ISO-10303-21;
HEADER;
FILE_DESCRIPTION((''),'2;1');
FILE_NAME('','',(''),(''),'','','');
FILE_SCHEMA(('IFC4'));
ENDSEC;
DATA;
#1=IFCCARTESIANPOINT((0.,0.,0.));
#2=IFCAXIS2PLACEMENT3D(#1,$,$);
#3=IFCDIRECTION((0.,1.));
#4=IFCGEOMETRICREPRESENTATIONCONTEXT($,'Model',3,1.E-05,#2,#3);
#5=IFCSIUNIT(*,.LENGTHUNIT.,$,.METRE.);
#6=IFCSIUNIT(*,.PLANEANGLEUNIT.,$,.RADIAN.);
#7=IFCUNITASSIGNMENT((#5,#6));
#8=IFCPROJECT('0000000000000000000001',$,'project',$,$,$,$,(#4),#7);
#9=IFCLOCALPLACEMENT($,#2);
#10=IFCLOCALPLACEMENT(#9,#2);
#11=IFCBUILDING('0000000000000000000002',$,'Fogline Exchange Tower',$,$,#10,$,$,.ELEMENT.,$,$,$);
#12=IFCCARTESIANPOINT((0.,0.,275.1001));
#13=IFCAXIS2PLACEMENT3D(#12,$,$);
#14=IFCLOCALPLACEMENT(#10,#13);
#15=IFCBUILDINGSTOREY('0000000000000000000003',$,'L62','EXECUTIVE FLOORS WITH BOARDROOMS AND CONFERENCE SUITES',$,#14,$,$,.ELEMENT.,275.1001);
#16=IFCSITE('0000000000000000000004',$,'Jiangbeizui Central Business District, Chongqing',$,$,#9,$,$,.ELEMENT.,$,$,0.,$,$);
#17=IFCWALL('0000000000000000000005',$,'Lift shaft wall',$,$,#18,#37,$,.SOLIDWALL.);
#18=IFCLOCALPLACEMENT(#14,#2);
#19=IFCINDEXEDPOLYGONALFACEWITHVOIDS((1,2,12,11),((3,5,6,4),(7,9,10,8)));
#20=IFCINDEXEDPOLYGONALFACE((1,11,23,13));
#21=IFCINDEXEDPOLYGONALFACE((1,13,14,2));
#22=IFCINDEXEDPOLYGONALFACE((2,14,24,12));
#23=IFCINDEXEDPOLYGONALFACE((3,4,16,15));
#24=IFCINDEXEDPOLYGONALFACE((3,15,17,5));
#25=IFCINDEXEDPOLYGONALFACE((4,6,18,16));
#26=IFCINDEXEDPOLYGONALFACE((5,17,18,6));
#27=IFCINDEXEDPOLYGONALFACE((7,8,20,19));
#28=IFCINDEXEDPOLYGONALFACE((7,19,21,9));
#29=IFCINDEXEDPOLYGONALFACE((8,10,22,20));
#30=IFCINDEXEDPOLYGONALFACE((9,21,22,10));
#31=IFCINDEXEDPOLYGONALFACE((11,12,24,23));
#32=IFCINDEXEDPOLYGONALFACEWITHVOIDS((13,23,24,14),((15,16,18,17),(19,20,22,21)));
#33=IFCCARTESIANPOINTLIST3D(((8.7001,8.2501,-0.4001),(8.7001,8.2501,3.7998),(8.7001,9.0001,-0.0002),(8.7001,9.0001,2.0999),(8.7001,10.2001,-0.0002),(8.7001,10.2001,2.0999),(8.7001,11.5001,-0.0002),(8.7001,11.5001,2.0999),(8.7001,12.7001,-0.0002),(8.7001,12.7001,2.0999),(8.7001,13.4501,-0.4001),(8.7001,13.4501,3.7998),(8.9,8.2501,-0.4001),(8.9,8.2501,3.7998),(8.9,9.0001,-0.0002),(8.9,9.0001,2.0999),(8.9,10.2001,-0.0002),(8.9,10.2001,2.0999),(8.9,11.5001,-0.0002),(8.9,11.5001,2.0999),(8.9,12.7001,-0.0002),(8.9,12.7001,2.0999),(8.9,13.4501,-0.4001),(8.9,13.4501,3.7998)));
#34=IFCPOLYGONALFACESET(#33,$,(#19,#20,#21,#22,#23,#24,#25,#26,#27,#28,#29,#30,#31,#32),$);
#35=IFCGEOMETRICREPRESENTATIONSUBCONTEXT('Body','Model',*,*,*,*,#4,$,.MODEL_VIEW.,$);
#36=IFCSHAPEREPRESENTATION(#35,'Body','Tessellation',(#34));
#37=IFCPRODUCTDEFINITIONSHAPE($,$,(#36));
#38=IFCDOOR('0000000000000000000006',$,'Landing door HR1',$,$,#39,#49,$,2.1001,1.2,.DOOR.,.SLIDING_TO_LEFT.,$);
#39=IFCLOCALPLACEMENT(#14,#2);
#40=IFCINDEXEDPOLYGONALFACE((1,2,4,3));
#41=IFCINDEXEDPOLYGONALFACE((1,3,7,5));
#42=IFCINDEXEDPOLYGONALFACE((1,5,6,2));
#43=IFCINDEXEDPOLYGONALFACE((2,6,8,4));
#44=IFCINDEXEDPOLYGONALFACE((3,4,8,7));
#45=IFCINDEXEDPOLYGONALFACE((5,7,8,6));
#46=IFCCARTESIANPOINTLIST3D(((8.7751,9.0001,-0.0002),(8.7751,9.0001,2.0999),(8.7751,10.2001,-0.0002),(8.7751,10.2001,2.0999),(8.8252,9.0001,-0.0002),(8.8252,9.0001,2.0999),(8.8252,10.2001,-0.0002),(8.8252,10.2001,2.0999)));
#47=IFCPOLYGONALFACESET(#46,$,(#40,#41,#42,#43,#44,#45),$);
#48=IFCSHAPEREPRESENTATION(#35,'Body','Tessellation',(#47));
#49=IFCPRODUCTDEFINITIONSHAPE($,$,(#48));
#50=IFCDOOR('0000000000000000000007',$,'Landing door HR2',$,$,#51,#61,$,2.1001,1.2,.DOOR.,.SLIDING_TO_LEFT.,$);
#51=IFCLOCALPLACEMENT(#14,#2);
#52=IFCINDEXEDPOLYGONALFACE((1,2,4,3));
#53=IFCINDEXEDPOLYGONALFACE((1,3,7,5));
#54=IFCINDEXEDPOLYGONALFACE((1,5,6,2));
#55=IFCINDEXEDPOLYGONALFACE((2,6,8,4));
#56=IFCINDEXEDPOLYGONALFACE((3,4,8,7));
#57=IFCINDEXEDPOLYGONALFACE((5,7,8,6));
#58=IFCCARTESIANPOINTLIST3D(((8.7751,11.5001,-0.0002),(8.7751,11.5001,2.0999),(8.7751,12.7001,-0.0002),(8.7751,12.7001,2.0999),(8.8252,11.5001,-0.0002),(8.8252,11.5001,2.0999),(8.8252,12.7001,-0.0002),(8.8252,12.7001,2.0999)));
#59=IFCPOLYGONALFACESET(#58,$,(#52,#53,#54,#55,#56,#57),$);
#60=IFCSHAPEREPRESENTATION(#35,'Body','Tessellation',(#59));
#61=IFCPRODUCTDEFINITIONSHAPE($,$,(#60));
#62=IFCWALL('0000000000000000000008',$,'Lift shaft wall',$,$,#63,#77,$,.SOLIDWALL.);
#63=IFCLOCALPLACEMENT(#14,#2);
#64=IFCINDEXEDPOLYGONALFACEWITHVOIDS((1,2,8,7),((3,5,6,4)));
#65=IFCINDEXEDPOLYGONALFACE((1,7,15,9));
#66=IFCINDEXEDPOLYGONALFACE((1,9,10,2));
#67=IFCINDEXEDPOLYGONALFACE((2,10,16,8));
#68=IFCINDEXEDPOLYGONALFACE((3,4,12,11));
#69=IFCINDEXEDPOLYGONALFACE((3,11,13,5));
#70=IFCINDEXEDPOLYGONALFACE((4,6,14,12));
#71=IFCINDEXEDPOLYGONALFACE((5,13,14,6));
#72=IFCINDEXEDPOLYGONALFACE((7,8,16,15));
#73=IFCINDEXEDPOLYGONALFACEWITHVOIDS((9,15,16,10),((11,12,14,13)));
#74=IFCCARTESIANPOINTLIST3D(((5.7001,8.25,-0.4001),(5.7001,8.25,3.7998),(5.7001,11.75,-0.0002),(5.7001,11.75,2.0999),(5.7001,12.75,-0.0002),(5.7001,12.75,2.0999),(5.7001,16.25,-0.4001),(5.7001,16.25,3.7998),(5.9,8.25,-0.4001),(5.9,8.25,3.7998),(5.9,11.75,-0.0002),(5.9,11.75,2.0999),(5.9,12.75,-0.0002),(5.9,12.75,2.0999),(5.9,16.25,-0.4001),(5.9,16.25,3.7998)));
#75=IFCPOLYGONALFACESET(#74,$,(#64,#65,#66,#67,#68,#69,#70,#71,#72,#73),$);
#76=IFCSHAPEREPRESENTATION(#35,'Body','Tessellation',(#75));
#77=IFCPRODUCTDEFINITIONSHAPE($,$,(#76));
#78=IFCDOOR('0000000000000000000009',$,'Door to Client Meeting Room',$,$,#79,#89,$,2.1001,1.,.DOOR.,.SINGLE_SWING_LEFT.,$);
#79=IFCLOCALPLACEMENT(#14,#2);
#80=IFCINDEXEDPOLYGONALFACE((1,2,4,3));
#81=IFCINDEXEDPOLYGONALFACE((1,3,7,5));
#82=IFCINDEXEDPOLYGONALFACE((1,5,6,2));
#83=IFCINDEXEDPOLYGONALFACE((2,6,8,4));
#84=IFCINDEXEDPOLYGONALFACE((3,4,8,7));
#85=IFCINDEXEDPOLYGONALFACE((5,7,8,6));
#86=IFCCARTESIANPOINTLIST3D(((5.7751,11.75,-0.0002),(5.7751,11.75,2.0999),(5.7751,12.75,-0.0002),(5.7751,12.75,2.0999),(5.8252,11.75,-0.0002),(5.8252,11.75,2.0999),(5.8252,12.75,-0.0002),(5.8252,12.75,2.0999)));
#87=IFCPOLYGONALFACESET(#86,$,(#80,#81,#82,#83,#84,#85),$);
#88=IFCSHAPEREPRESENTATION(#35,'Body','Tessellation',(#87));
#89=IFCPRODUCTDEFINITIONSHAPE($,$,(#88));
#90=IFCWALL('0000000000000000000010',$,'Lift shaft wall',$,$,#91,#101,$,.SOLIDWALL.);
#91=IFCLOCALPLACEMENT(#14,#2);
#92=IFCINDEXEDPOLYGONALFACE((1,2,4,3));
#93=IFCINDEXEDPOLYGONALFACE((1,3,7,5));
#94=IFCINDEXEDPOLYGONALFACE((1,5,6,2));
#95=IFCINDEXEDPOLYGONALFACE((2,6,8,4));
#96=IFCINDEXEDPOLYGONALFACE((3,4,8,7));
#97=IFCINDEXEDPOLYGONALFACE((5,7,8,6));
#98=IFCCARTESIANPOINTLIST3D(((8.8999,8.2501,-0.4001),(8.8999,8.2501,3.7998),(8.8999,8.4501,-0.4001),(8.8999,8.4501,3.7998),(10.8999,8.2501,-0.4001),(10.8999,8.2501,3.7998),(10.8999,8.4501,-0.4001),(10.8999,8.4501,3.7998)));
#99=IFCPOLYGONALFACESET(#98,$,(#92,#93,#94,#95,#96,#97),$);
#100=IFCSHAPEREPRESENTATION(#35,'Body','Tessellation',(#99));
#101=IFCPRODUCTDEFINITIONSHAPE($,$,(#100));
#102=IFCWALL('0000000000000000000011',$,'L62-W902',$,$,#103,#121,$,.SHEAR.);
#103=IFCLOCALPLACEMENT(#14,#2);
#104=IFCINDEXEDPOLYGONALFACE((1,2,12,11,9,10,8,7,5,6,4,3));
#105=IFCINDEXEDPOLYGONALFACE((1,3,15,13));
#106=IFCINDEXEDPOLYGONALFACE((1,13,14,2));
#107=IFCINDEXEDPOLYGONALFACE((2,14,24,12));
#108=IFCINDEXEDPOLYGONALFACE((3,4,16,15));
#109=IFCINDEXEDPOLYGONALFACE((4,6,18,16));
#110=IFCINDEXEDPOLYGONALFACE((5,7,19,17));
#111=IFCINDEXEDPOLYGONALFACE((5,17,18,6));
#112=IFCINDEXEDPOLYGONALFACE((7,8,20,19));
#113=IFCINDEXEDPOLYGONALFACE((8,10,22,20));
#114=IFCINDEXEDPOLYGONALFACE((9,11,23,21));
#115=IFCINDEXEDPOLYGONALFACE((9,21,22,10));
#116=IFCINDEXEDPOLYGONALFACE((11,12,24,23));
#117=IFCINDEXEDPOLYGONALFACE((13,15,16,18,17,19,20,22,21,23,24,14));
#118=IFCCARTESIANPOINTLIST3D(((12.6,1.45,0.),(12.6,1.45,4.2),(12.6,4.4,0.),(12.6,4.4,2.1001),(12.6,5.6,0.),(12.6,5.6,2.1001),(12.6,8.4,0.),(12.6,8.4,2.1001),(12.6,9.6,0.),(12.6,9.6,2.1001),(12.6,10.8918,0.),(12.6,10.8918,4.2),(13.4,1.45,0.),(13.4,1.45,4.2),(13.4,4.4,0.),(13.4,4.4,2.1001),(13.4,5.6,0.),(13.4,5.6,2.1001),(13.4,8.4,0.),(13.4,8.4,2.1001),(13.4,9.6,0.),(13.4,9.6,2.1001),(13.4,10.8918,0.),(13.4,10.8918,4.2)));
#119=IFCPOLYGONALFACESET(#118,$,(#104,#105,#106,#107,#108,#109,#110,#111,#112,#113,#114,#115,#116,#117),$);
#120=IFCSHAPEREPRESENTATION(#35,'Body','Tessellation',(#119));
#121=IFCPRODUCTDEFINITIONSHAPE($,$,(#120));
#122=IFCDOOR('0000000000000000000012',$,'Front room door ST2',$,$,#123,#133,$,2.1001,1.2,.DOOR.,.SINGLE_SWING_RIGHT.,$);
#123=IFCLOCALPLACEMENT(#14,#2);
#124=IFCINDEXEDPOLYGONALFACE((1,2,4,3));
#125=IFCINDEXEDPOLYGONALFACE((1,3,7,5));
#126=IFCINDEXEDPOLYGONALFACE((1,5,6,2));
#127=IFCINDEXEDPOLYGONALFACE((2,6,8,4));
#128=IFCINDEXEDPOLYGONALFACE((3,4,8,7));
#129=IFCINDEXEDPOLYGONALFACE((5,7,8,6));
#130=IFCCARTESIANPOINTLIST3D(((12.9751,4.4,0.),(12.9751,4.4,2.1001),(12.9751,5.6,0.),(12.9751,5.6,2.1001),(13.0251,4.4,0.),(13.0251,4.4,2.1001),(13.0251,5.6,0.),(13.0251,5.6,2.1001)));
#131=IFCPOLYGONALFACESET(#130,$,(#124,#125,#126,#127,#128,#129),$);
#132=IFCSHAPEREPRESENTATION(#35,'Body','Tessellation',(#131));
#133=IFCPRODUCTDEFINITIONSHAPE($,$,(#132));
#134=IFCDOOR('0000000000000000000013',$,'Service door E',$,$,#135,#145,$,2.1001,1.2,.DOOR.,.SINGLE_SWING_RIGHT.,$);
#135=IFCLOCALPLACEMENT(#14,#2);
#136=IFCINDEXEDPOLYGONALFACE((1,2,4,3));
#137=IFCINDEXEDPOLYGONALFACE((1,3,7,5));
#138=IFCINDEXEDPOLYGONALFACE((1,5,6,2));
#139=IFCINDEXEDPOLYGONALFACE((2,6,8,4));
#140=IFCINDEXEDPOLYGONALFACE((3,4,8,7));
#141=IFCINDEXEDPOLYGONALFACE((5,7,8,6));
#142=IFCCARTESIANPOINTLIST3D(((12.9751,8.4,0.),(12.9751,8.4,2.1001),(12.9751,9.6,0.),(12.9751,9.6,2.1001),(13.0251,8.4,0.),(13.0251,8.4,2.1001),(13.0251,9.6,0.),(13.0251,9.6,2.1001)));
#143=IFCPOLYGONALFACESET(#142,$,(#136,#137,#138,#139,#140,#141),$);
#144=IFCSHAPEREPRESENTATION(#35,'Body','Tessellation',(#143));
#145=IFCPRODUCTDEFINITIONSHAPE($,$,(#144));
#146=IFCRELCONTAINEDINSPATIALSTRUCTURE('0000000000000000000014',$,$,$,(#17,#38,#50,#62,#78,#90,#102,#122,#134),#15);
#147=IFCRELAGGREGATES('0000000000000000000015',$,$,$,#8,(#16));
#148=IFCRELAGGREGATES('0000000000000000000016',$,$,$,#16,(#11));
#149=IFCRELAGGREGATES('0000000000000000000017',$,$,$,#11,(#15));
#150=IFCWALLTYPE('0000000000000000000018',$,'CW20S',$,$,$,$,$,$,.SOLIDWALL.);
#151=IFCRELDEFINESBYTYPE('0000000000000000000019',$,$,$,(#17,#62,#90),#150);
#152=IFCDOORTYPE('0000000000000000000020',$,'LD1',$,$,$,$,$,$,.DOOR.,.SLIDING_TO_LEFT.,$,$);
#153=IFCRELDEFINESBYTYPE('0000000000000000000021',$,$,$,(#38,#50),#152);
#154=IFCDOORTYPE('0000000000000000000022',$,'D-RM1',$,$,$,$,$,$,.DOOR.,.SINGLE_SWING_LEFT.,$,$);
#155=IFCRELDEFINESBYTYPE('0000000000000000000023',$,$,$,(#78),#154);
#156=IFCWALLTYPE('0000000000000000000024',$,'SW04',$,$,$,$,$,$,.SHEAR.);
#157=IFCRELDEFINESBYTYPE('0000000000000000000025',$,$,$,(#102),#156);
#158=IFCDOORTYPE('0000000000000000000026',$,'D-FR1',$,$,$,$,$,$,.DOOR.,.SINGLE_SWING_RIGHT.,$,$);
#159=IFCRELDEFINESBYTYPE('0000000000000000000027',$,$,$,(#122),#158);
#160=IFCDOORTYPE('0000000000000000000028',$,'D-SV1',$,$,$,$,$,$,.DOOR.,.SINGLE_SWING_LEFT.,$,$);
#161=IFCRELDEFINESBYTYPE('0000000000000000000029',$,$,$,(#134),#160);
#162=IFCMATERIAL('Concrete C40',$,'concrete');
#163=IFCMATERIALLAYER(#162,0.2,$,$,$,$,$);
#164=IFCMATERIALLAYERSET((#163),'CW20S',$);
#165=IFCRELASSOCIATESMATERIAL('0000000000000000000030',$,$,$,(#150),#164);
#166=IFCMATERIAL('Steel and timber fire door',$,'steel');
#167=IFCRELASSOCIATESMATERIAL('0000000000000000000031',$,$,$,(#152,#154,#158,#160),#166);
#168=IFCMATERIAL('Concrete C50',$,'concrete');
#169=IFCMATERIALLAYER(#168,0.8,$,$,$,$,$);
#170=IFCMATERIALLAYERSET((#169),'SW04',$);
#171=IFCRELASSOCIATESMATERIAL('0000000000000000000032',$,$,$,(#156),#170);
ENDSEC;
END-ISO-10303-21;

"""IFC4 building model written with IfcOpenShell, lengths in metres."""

from ifc_helpers import new_model, si_unit, direction, frame, frame_2d, origin, place, context, subcontext, project, spatial, rectangle, extrude, material, layer, layer_set, type_object, element, fill, save


model = new_model("IFC4")

# Units and contexts
model_context = context("Model", 3, precision=1e-05, world=origin(), true_north=direction((0.0, 1.0)))
body_context = subcontext(model_context, "Body", "Model", "MODEL_VIEW")
ifc_project = project(units=[si_unit("LENGTHUNIT", "METRE"), si_unit("PLANEANGLEUNIT", "RADIAN")], contexts=[model_context])

# Site, building, storey
site_placement = place(None, origin())
site = spatial("IfcSite", under=ifc_project, at=site_placement, Name="Jiangbeizui Central Business District, Chongqing", CompositionType="ELEMENT", RefElevation=0.0)
building_placement = place(site_placement, origin())
building = spatial("IfcBuilding", under=site, at=building_placement, Name="Fogline Exchange Tower", CompositionType="ELEMENT")
storey_placement = place(building_placement, frame((0.0, 0.0, 275.1001)))
storey = spatial("IfcBuildingStorey", under=building, at=storey_placement, Name="L62", Description="EXECUTIVE FLOORS WITH BOARDROOMS AND CONFERENCE SUITES", CompositionType="ELEMENT", Elevation=275.1001)

# Shared definitions
ifc_material_1 = material(Name="Concrete C40", Category="concrete")

# Shared definitions
ifc_material_2 = material(Name="Steel and timber fire door", Category="steel")

# Wall, openings, doors
ifc_layer_1 = layer(ifc_material_1, 0.2)
ifc_layer_set_1 = layer_set([ifc_layer_1], Name="CW20S")
wall_type_1 = type_object("IfcWallType", Name="CW20S", PredefinedType="SOLIDWALL", material=ifc_layer_set_1)
wall_1_placement = place(storey_placement, frame((8.8, 8.25, -0.4001), z_axis=(0.0, 0.0, 1.0), x_axis=(0.0, 1.0, 0.0)))
wall_1 = element("IfcWall", 1, at=wall_1_placement, inside=storey, type_object=wall_type_1, Name="Lift shaft wall", PredefinedType="SOLIDWALL", context=body_context, shape_type="SweptSolid", body=[
    extrude(rectangle(XDim=5.2, YDim=0.2, at=frame_2d((2.6001, 0.0))), origin(), (0.0, 0.0, 1.0), 4.2),
])
opening_1_placement = place(wall_1_placement, frame((0.75, 0.0, 0.3999)))
opening_1 = element("IfcOpeningElement", 2, at=opening_1_placement, cuts=wall_1, PredefinedType="OPENING", context=body_context, shape_type="SweptSolid", body=[
    extrude(rectangle(XDim=1.2, YDim=2.1001, at=frame_2d((0.6001, 1.05))), frame((0.0, 0.1099, 0.0), z_axis=(0.0, -1.0, 0.0), x_axis=(1.0, 0.0, 0.0)), (0.0, 0.0, 1.0), 0.22),
])
opening_2_placement = place(wall_1_placement, frame((3.25, 0.0, 0.3999)))
opening_2 = element("IfcOpeningElement", 3, at=opening_2_placement, cuts=wall_1, PredefinedType="OPENING", context=body_context, shape_type="SweptSolid", body=[
    extrude(rectangle(XDim=1.2, YDim=2.1001, at=frame_2d((0.6001, 1.05))), frame((0.0, 0.1099, 0.0), z_axis=(0.0, -1.0, 0.0), x_axis=(1.0, 0.0, 0.0)), (0.0, 0.0, 1.0), 0.22),
])
door_type_1 = type_object("IfcDoorType", Name="LD1", OperationType="SLIDING_TO_LEFT", PredefinedType="DOOR", material=ifc_material_2)
door_1_placement = place(opening_1_placement, origin())
door_1 = element("IfcDoor", 4, at=door_1_placement, inside=storey, type_object=door_type_1, Name="Landing door HR1", OperationType="SLIDING_TO_LEFT", OverallHeight=2.1001, OverallWidth=1.2, PredefinedType="DOOR", context=body_context, shape_type="SweptSolid", body=[
    extrude(rectangle(XDim=1.2, YDim=2.1001, at=frame_2d((0.6001, 1.05))), frame((0.0, 0.0249, 0.0), z_axis=(0.0, -1.0, 0.0), x_axis=(1.0, 0.0, 0.0)), (0.0, 0.0, 1.0), 0.05),
])
fill(opening_1, door_1)
door_2_placement = place(opening_2_placement, origin())
door_2 = element("IfcDoor", 5, at=door_2_placement, inside=storey, type_object=door_type_1, Name="Landing door HR2", OperationType="SLIDING_TO_LEFT", OverallHeight=2.1001, OverallWidth=1.2, PredefinedType="DOOR", context=body_context, shape_type="SweptSolid", body=[
    extrude(rectangle(XDim=1.2, YDim=2.1001, at=frame_2d((0.6001, 1.05))), frame((0.0, 0.0249, 0.0), z_axis=(0.0, -1.0, 0.0), x_axis=(1.0, 0.0, 0.0)), (0.0, 0.0, 1.0), 0.05),
])
fill(opening_2, door_2)

# Wall, opening, door
wall_2_placement = place(storey_placement, frame((5.8, 8.25, -0.4001), z_axis=(0.0, 0.0, 1.0), x_axis=(0.0, 1.0, 0.0)))
wall_2 = element("IfcWall", 6, at=wall_2_placement, inside=storey, type_object=wall_type_1, Name="Lift shaft wall", PredefinedType="SOLIDWALL", context=body_context, shape_type="SweptSolid", body=[
    extrude(rectangle(XDim=8.0, YDim=0.2, at=frame_2d((4.0, 0.0))), origin(), (0.0, 0.0, 1.0), 4.2),
])
opening_3_placement = place(wall_2_placement, frame((3.5, 0.0, 0.3999)))
opening_3 = element("IfcOpeningElement", 7, at=opening_3_placement, cuts=wall_2, PredefinedType="OPENING", context=body_context, shape_type="SweptSolid", body=[
    extrude(rectangle(XDim=1.0, YDim=2.1001, at=frame_2d((0.5, 1.05))), frame((0.0, 0.1099, 0.0), z_axis=(0.0, -1.0, 0.0), x_axis=(1.0, 0.0, 0.0)), (0.0, 0.0, 1.0), 0.22),
])
door_type_2 = type_object("IfcDoorType", Name="D-RM1", OperationType="SINGLE_SWING_LEFT", PredefinedType="DOOR", material=ifc_material_2)
door_3_placement = place(opening_3_placement, origin())
door_3 = element("IfcDoor", 8, at=door_3_placement, inside=storey, type_object=door_type_2, Name="Door to Client Meeting Room", OperationType="SINGLE_SWING_LEFT", OverallHeight=2.1001, OverallWidth=1.0, PredefinedType="DOOR", context=body_context, shape_type="SweptSolid", body=[
    extrude(rectangle(XDim=1.0, YDim=2.1001, at=frame_2d((0.5, 1.05))), frame((0.0, 0.0249, 0.0), z_axis=(0.0, -1.0, 0.0), x_axis=(1.0, 0.0, 0.0)), (0.0, 0.0, 1.0), 0.05),
])
fill(opening_3, door_3)

# Wall
wall_3_placement = place(storey_placement, frame((8.8999, 8.3501, -0.4001), z_axis=(0.0, 0.0, 1.0), x_axis=(1.0, 0.0, 0.0)))
element("IfcWall", 9, at=wall_3_placement, inside=storey, type_object=wall_type_1, Name="Lift shaft wall", PredefinedType="SOLIDWALL", context=body_context, shape_type="SweptSolid", body=[
    extrude(rectangle(XDim=2.0, YDim=0.2, at=frame_2d((1.0, 0.0))), origin(), (0.0, 0.0, 1.0), 4.2),
])

# Wall, openings, doors
ifc_material_3 = material(Name="Concrete C50", Category="concrete")
ifc_layer_2 = layer(ifc_material_3, 0.8)
ifc_layer_set_2 = layer_set([ifc_layer_2], Name="SW04")
wall_type_2 = type_object("IfcWallType", Name="SW04", PredefinedType="SHEAR", material=ifc_layer_set_2)
wall_4_placement = place(storey_placement, frame((13.0, 1.45, 0.0), z_axis=(0.0, 0.0, 1.0), x_axis=(0.0, 1.0, 0.0)))
wall_4 = element("IfcWall", 10, at=wall_4_placement, inside=storey, type_object=wall_type_2, Name="L62-W902", PredefinedType="SHEAR", context=body_context, shape_type="SweptSolid", body=[
    extrude(rectangle(XDim=9.4419, YDim=0.8, at=frame_2d((4.7209, 0.0))), origin(), (0.0, 0.0, 1.0), 4.2),
])
opening_4_placement = place(wall_4_placement, frame((2.95, 0.0, 0.0)))
opening_4 = element("IfcOpeningElement", 11, at=opening_4_placement, cuts=wall_4, PredefinedType="OPENING", context=body_context, shape_type="SweptSolid", body=[
    extrude(rectangle(XDim=1.2, YDim=2.1001, at=frame_2d((0.6001, 1.05))), frame((0.0, 0.4102, 0.0), z_axis=(0.0, -1.0, 0.0), x_axis=(1.0, 0.0, 0.0)), (0.0, 0.0, 1.0), 0.8201),
])
opening_5_placement = place(wall_4_placement, frame((6.95, 0.0, 0.0)))
opening_5 = element("IfcOpeningElement", 12, at=opening_5_placement, cuts=wall_4, PredefinedType="OPENING", context=body_context, shape_type="SweptSolid", body=[
    extrude(rectangle(XDim=1.2, YDim=2.1001, at=frame_2d((0.6001, 1.05))), frame((0.0, 0.4102, 0.0), z_axis=(0.0, -1.0, 0.0), x_axis=(1.0, 0.0, 0.0)), (0.0, 0.0, 1.0), 0.8201),
])
door_type_3 = type_object("IfcDoorType", Name="D-FR1", OperationType="SINGLE_SWING_RIGHT", PredefinedType="DOOR", material=ifc_material_2)
door_4_placement = place(opening_4_placement, origin())
door_4 = element("IfcDoor", 13, at=door_4_placement, inside=storey, type_object=door_type_3, Name="Front room door ST2", OperationType="SINGLE_SWING_RIGHT", OverallHeight=2.1001, OverallWidth=1.2, PredefinedType="DOOR", context=body_context, shape_type="SweptSolid", body=[
    extrude(rectangle(XDim=1.2, YDim=2.1001, at=frame_2d((0.6001, 1.05))), frame((0.0, 0.0249, 0.0), z_axis=(0.0, -1.0, 0.0), x_axis=(1.0, 0.0, 0.0)), (0.0, 0.0, 1.0), 0.05),
])
fill(opening_4, door_4)
door_type_4 = type_object("IfcDoorType", Name="D-SV1", OperationType="SINGLE_SWING_LEFT", PredefinedType="DOOR", material=ifc_material_2)
door_5_placement = place(opening_5_placement, origin())
door_5 = element("IfcDoor", 14, at=door_5_placement, inside=storey, type_object=door_type_4, Name="Service door E", OperationType="SINGLE_SWING_RIGHT", OverallHeight=2.1001, OverallWidth=1.2, PredefinedType="DOOR", context=body_context, shape_type="SweptSolid", body=[
    extrude(rectangle(XDim=1.2, YDim=2.1001, at=frame_2d((0.6001, 1.05))), frame((0.0, 0.0249, 0.0), z_axis=(0.0, -1.0, 0.0), x_axis=(1.0, 0.0, 0.0)), (0.0, 0.0, 1.0), 0.05),
])
fill(opening_5, door_5)

save(model, "model.ifc")
